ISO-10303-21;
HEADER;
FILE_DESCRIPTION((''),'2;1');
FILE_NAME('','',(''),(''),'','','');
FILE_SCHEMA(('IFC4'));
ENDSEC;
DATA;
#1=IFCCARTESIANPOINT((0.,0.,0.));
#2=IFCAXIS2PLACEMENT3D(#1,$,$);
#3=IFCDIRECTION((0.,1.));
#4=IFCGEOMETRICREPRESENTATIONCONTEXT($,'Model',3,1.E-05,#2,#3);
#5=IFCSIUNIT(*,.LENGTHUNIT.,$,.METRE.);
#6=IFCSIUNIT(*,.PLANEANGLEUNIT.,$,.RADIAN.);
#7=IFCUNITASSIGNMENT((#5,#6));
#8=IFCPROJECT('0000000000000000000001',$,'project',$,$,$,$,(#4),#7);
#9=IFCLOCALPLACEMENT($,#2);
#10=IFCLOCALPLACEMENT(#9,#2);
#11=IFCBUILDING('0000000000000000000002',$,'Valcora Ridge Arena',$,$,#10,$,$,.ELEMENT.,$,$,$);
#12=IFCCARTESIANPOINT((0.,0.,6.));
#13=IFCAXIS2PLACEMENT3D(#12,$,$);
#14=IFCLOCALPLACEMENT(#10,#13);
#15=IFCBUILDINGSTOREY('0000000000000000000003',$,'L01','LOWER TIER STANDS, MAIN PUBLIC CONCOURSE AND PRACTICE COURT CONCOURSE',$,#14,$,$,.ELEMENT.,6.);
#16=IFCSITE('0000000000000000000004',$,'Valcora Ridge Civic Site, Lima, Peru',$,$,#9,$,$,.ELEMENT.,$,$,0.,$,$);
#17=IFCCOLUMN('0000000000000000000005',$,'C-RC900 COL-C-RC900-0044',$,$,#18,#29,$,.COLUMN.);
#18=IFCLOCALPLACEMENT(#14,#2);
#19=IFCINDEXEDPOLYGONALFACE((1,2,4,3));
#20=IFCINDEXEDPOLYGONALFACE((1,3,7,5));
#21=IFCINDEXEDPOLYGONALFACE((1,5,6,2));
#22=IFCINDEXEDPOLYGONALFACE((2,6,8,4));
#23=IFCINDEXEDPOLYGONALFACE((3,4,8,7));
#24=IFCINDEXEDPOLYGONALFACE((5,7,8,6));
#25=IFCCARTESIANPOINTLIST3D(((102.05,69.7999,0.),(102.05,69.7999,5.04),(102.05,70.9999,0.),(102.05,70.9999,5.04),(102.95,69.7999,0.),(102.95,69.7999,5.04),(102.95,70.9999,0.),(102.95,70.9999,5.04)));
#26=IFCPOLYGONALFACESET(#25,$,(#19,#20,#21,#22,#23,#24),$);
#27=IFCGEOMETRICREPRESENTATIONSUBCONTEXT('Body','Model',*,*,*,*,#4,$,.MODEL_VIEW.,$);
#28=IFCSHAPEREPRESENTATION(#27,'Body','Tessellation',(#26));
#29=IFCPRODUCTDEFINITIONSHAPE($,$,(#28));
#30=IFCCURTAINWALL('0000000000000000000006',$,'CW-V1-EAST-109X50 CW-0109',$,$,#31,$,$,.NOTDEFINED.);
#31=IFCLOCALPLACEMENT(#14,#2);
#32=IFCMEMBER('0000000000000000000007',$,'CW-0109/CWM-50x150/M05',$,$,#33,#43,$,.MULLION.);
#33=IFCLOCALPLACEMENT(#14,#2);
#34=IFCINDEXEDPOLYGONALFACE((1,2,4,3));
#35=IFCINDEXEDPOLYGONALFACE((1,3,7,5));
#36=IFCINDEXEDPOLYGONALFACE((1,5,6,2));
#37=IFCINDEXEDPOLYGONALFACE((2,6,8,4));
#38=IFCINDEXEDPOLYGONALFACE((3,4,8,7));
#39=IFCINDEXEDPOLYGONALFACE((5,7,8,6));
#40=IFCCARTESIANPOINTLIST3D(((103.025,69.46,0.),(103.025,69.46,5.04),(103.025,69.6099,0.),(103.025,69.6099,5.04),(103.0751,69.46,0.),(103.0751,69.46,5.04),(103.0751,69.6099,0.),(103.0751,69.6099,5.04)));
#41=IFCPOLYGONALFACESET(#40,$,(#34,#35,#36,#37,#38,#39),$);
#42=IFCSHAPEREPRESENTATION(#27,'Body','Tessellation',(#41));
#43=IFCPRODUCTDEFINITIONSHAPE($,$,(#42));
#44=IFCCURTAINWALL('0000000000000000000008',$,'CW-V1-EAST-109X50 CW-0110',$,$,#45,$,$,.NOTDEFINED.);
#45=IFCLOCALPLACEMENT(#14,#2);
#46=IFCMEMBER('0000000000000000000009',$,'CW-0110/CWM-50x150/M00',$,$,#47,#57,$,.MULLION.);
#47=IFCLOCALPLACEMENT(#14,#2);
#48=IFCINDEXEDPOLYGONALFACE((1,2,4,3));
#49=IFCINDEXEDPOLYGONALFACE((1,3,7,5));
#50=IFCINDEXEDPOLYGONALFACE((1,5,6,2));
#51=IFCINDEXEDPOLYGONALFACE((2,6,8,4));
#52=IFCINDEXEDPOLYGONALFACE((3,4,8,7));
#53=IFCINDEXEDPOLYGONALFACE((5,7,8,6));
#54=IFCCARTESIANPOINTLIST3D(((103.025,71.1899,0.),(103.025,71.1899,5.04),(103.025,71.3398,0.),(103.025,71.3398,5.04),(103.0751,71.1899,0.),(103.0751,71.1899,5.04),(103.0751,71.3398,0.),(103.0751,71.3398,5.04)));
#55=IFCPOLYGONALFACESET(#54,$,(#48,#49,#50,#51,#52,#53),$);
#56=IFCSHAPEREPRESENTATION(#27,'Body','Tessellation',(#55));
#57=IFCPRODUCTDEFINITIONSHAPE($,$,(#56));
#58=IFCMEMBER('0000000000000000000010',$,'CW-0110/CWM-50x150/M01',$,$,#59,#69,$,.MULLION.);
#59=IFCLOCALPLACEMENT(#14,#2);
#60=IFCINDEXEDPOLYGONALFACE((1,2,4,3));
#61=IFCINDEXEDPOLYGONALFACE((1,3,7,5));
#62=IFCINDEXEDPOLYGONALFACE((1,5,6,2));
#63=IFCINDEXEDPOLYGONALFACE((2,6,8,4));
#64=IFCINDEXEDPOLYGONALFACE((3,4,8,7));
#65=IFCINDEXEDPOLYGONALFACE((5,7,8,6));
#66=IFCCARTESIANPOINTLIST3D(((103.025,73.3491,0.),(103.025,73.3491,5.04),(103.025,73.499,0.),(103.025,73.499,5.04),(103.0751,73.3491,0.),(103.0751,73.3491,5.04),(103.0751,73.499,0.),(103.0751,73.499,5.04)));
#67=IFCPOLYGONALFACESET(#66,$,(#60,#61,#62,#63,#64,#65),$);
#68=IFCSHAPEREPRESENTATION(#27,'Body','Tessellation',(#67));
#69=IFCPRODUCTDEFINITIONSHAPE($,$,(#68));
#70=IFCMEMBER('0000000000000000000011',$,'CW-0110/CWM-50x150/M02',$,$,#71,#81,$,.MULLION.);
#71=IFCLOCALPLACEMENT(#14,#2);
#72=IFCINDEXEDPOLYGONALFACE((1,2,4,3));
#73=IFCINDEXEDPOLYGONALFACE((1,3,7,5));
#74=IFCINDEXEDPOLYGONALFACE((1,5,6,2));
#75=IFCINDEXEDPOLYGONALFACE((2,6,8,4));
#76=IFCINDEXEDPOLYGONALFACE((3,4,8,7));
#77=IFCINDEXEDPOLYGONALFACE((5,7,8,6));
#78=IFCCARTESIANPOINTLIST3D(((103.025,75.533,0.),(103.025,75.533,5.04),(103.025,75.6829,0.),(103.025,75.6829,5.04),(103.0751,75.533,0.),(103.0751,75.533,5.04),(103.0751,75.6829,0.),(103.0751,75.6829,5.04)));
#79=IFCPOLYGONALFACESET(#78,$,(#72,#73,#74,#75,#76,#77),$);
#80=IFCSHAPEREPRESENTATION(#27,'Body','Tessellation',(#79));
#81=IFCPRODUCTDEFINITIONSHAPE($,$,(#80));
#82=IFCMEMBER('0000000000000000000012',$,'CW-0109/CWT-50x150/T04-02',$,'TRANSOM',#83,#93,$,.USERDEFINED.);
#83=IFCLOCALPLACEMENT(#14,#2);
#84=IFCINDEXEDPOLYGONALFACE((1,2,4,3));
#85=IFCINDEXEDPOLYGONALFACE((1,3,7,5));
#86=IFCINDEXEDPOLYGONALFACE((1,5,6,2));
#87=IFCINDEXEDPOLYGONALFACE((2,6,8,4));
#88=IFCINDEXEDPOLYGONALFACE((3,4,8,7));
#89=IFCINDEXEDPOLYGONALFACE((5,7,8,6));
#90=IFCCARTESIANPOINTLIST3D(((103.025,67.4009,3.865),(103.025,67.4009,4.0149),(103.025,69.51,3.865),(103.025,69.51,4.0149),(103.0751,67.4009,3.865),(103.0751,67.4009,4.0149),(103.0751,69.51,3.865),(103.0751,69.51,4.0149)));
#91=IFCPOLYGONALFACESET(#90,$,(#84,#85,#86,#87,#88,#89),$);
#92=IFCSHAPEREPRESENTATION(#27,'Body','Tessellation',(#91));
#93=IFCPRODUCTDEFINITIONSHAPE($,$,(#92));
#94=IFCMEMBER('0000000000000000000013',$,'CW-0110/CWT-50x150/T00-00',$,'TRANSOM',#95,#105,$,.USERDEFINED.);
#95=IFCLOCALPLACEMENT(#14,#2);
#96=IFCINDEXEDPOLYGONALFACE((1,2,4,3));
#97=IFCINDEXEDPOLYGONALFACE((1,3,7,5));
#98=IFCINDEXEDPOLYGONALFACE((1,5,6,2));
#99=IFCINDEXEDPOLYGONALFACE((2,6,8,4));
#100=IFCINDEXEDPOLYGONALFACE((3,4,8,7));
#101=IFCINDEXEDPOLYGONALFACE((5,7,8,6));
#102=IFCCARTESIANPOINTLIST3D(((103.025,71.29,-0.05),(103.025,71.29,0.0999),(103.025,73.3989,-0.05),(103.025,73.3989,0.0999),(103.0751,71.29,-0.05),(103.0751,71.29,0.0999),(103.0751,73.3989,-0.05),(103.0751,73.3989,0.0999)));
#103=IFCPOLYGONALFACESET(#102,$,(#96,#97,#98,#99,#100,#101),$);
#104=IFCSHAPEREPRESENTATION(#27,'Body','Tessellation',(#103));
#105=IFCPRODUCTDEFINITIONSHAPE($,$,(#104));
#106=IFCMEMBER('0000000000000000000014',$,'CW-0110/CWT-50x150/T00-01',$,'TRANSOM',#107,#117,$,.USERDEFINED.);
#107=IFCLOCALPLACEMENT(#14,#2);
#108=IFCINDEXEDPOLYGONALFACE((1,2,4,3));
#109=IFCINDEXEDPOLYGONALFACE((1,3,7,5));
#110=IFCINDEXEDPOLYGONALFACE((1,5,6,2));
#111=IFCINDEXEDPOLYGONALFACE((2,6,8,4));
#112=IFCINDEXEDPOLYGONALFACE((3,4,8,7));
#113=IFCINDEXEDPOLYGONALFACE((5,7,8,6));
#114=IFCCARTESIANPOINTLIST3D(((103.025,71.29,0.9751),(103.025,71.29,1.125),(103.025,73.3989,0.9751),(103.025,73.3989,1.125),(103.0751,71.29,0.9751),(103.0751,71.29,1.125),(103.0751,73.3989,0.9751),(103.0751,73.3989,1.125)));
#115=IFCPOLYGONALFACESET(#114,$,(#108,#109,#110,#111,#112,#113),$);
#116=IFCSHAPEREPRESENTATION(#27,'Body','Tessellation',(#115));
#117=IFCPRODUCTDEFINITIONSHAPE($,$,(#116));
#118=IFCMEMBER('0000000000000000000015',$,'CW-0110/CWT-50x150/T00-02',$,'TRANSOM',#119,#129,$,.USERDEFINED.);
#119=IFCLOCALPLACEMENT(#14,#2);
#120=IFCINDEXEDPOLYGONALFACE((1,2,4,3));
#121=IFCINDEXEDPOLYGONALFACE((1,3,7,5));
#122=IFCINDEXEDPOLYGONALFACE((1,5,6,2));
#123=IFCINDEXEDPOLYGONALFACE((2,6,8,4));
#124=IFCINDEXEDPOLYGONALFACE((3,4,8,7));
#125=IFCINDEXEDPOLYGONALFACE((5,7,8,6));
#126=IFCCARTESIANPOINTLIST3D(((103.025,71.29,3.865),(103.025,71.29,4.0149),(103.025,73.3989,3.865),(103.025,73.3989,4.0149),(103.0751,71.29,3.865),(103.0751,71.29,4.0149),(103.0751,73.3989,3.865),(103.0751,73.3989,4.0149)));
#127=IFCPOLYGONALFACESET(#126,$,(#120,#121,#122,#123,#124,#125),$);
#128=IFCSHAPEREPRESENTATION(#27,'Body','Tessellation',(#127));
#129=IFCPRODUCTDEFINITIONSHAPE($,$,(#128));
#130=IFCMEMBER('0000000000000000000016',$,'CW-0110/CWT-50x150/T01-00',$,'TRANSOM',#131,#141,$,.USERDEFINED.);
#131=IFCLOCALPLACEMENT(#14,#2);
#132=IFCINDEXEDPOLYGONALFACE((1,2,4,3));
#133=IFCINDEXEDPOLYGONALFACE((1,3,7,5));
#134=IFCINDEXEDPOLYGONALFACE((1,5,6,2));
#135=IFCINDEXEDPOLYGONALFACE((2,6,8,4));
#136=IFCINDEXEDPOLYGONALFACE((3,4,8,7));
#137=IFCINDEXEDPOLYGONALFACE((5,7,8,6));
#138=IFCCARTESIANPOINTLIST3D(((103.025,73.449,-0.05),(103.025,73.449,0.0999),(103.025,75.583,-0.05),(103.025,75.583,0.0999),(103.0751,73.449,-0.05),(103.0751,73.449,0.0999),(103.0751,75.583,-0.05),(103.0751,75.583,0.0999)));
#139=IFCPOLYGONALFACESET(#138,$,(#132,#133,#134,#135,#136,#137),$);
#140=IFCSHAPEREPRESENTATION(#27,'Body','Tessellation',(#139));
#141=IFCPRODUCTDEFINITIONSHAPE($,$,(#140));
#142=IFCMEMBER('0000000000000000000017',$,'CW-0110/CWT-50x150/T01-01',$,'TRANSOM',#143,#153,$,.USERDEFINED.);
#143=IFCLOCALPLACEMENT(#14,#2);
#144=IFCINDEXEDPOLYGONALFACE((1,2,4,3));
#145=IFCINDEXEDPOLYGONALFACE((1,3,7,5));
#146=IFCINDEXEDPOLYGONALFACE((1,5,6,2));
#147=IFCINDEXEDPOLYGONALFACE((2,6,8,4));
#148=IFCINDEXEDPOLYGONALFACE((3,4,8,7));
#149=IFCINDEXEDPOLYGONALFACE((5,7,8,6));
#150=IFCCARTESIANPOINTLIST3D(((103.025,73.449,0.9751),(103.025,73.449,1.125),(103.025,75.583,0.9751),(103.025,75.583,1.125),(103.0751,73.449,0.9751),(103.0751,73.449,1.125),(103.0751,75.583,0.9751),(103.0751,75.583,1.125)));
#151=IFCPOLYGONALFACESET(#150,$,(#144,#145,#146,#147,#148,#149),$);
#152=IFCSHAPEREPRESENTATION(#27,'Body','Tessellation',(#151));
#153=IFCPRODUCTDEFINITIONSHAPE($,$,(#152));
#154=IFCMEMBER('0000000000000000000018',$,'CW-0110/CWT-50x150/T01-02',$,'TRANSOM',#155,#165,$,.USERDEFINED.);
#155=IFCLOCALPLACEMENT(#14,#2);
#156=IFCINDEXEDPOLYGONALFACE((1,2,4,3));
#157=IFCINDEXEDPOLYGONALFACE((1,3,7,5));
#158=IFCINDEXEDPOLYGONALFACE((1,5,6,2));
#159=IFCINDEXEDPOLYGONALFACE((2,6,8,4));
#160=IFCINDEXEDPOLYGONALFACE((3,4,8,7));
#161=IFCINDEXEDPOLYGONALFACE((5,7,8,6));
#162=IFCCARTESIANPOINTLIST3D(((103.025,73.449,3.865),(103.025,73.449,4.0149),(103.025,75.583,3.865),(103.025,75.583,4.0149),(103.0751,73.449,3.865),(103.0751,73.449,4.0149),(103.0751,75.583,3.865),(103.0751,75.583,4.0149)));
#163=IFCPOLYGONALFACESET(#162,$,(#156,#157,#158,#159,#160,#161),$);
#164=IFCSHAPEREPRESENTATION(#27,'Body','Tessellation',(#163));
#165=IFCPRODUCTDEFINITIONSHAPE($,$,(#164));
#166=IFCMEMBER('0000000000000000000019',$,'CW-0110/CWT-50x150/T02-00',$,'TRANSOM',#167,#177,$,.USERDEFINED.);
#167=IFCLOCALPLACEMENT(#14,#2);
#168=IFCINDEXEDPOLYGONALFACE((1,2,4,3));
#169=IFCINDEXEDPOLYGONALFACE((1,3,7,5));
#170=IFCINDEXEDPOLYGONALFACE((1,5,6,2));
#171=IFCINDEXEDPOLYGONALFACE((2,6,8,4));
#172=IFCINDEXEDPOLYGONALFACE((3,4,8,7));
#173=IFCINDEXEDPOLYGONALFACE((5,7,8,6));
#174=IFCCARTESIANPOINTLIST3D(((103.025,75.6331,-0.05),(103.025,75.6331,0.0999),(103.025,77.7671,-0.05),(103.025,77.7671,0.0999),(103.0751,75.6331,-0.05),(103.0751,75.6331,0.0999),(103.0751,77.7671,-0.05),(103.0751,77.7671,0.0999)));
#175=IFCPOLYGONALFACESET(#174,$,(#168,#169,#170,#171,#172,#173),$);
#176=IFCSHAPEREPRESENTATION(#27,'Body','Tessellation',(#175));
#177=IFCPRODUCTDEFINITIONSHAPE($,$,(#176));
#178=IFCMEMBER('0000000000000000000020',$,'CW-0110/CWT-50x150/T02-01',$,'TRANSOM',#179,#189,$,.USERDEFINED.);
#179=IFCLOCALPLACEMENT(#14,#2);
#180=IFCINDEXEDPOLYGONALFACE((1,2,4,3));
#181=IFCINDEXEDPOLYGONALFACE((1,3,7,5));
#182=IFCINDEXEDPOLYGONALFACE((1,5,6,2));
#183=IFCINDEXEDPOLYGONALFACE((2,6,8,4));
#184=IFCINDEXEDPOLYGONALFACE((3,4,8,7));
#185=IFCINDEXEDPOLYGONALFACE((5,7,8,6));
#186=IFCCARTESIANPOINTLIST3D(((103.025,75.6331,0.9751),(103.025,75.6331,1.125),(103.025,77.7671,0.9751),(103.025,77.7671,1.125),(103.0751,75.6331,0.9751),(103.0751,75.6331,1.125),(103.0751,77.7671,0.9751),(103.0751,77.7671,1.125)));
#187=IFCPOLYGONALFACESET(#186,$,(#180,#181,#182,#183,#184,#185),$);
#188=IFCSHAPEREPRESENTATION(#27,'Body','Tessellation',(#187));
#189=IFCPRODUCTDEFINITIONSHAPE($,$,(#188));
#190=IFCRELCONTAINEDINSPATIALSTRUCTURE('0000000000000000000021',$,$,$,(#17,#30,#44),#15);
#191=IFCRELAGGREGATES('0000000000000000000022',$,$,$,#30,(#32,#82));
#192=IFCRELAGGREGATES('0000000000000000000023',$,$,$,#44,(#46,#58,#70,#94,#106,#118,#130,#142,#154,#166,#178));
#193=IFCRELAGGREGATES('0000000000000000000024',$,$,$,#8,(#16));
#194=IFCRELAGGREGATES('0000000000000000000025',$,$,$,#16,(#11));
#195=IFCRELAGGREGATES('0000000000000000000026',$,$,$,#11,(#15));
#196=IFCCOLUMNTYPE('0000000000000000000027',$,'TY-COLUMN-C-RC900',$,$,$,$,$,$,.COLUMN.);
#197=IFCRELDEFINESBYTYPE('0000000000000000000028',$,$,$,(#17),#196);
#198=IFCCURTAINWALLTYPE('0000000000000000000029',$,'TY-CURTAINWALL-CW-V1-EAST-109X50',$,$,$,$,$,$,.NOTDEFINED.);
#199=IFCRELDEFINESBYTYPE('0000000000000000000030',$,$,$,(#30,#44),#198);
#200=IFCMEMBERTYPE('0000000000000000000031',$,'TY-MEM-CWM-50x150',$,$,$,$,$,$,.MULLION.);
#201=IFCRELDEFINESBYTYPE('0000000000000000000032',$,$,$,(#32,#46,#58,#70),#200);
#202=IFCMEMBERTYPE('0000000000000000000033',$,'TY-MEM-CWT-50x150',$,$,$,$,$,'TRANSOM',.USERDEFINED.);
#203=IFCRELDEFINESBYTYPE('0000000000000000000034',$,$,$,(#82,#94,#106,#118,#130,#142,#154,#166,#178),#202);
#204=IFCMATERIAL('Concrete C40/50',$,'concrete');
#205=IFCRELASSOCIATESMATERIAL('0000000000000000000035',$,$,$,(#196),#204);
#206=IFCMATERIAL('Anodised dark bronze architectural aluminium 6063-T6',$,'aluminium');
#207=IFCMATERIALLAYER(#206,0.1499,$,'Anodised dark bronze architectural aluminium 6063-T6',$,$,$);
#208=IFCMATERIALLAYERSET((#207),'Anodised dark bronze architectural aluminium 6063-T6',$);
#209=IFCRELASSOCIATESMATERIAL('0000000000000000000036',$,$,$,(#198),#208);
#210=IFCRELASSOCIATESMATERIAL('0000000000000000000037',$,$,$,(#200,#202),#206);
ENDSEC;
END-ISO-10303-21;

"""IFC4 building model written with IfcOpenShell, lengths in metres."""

from ifc_helpers import new_model, si_unit, direction, frame, origin, origin_2d, place, context, subcontext, project, spatial, rectangle, extrude, material, layer, layer_set, material_profile, profile_set, type_object, element, aggregate, save


model = new_model("IFC4")

# Units and contexts
model_context = context("Model", 3, precision=1e-05, world=origin(), true_north=direction((0.0, 1.0)))
body_context = subcontext(model_context, "Body", "Model", "MODEL_VIEW")
ifc_project = project(units=[si_unit("LENGTHUNIT", "METRE"), si_unit("PLANEANGLEUNIT", "RADIAN")], contexts=[model_context])

# Site, building, storey
site_placement = place(None, origin())
site = spatial("IfcSite", under=ifc_project, at=site_placement, Name="Valcora Ridge Civic Site, Lima, Peru", CompositionType="ELEMENT", RefElevation=0.0)
building_placement = place(site_placement, origin())
building = spatial("IfcBuilding", under=site, at=building_placement, Name="Valcora Ridge Arena", CompositionType="ELEMENT")
storey_placement = place(building_placement, frame((0.0, 0.0, 6.0)))
storey = spatial("IfcBuildingStorey", under=building, at=storey_placement, Name="L01", Description="LOWER TIER STANDS, MAIN PUBLIC CONCOURSE AND PRACTICE COURT CONCOURSE", CompositionType="ELEMENT", Elevation=6.0)

# Column
ifc_material_1 = material(Name="Concrete C40/50", Category="concrete")
ifc_material_profile_1 = material_profile(ifc_material_1, rectangle(XDim=0.8999, YDim=1.2, at=origin_2d()), Name="RC 900x1200")
ifc_profile_set_1 = profile_set([ifc_material_profile_1], Name="Concrete C40/50")
column_type = type_object("IfcColumnType", Name="TY-COLUMN-C-RC900", PredefinedType="COLUMN", material=ifc_profile_set_1)
column_placement = place(storey_placement, frame((102.5, 70.3999, 0.0), z_axis=(0.0, 0.0, 1.0), x_axis=(1.0, 0.0, 0.0)))
element("IfcColumn", 1, at=column_placement, inside=storey, type_object=column_type, Name="C-RC900 COL-C-RC900-0044", PredefinedType="COLUMN", context=body_context, shape_type="SweptSolid", body=[
    extrude(rectangle(XDim=0.8999, YDim=1.2, at=origin_2d()), origin(), (0.0, 0.0, 1.0), 5.04),
])

# Curtain wall, member
ifc_material_2 = material(Name="Anodised dark bronze architectural aluminium 6063-T6", Category="aluminium")
ifc_layer_1 = layer(ifc_material_2, 0.1499, Name="Anodised dark bronze architectural aluminium 6063-T6")
ifc_layer_set_1 = layer_set([ifc_layer_1], Name="Anodised dark bronze architectural aluminium 6063-T6")
curtain_wall_type = type_object("IfcCurtainWallType", Name="TY-CURTAINWALL-CW-V1-EAST-109X50", PredefinedType="NOTDEFINED", material=ifc_layer_set_1)
curtain_wall_1_placement = place(storey_placement, origin())
curtain_wall_1 = element("IfcCurtainWall", 2, at=curtain_wall_1_placement, inside=storey, type_object=curtain_wall_type, Name="CW-V1-EAST-109X50 CW-0109", PredefinedType="NOTDEFINED")
ifc_material_profile_2 = material_profile(ifc_material_2, rectangle(XDim=0.05, YDim=0.1499, at=origin_2d()), Name="ALU MULLION 50x150")
ifc_profile_set_2 = profile_set([ifc_material_profile_2], Name="Anodised dark bronze architectural aluminium 6063-T6")
member_type_1 = type_object("IfcMemberType", Name="TY-MEM-CWM-50x150", PredefinedType="MULLION", material=ifc_profile_set_2)
member_1_placement = place(storey_placement, frame((103.05, 69.5349, 0.0), z_axis=(0.0, 0.0, 1.0), x_axis=(-1.0, 0.0, 0.0)))
member_1 = element("IfcMember", 3, at=member_1_placement, type_object=member_type_1, Name="CW-0109/CWM-50x150/M05", PredefinedType="MULLION", context=body_context, shape_type="SweptSolid", body=[
    extrude(rectangle(XDim=0.05, YDim=0.1499, at=origin_2d()), origin(), (0.0, 0.0, 1.0), 5.04),
])

# Curtain wall, members
curtain_wall_2_placement = place(storey_placement, origin())
curtain_wall_2 = element("IfcCurtainWall", 4, at=curtain_wall_2_placement, inside=storey, type_object=curtain_wall_type, Name="CW-V1-EAST-109X50 CW-0110", PredefinedType="NOTDEFINED")
member_2_placement = place(storey_placement, frame((103.05, 71.2649, 0.0), z_axis=(0.0, 0.0, 1.0), x_axis=(-1.0, 0.0, 0.0)))
member_2 = element("IfcMember", 5, at=member_2_placement, type_object=member_type_1, Name="CW-0110/CWM-50x150/M00", PredefinedType="MULLION", context=body_context, shape_type="SweptSolid", body=[
    extrude(rectangle(XDim=0.05, YDim=0.1499, at=origin_2d()), origin(), (0.0, 0.0, 1.0), 5.04),
])
member_3_placement = place(storey_placement, frame((103.05, 73.4241, 0.0), z_axis=(0.0, 0.0, 1.0), x_axis=(-1.0, 0.0, 0.0)))
member_3 = element("IfcMember", 6, at=member_3_placement, type_object=member_type_1, Name="CW-0110/CWM-50x150/M01", PredefinedType="MULLION", context=body_context, shape_type="SweptSolid", body=[
    extrude(rectangle(XDim=0.05, YDim=0.1499, at=origin_2d()), origin(), (0.0, 0.0, 1.0), 5.04),
])
member_4_placement = place(storey_placement, frame((103.05, 75.6079, 0.0), z_axis=(0.0, 0.0, 1.0), x_axis=(-1.0, 0.0, 0.0)))
member_4 = element("IfcMember", 7, at=member_4_placement, type_object=member_type_1, Name="CW-0110/CWM-50x150/M02", PredefinedType="MULLION", context=body_context, shape_type="SweptSolid", body=[
    extrude(rectangle(XDim=0.05, YDim=0.1499, at=origin_2d()), origin(), (0.0, 0.0, 1.0), 5.04),
])

# Members
ifc_material_profile_3 = material_profile(ifc_material_2, rectangle(XDim=0.05, YDim=0.1499, at=origin_2d()), Name="ALU TRANSOM 50x150")
ifc_profile_set_3 = profile_set([ifc_material_profile_3], Name="Anodised dark bronze architectural aluminium 6063-T6")
member_type_2 = type_object("IfcMemberType", Name="TY-MEM-CWT-50x150", ElementType="TRANSOM", PredefinedType="USERDEFINED", material=ifc_profile_set_3)
member_5_placement = place(storey_placement, frame((103.05, 67.4009, 3.9399), z_axis=(0.0, 1.0, 0.0), x_axis=(-1.0, 0.0, 0.0)))
member_5 = element("IfcMember", 8, at=member_5_placement, type_object=member_type_2, Name="CW-0109/CWT-50x150/T04-02", ObjectType="TRANSOM", PredefinedType="USERDEFINED", context=body_context, shape_type="SweptSolid", body=[
    extrude(rectangle(XDim=0.05, YDim=0.1499, at=origin_2d()), origin(), (0.0, 0.0, 1.0), 2.1091),
])
member_6_placement = place(storey_placement, frame((103.05, 71.29, 0.0249), z_axis=(0.0, 1.0, 0.0), x_axis=(-1.0, 0.0, 0.0)))
member_6 = element("IfcMember", 9, at=member_6_placement, type_object=member_type_2, Name="CW-0110/CWT-50x150/T00-00", ObjectType="TRANSOM", PredefinedType="USERDEFINED", context=body_context, shape_type="SweptSolid", body=[
    extrude(rectangle(XDim=0.05, YDim=0.1499, at=origin_2d()), origin(), (0.0, 0.0, 1.0), 2.1089),
])
member_7_placement = place(storey_placement, frame((103.05, 71.29, 1.05), z_axis=(0.0, 1.0, 0.0), x_axis=(-1.0, 0.0, 0.0)))
member_7 = element("IfcMember", 10, at=member_7_placement, type_object=member_type_2, Name="CW-0110/CWT-50x150/T00-01", ObjectType="TRANSOM", PredefinedType="USERDEFINED", context=body_context, shape_type="SweptSolid", body=[
    extrude(rectangle(XDim=0.05, YDim=0.1499, at=origin_2d()), origin(), (0.0, 0.0, 1.0), 2.1089),
])
member_8_placement = place(storey_placement, frame((103.05, 71.29, 3.9399), z_axis=(0.0, 1.0, 0.0), x_axis=(-1.0, 0.0, 0.0)))
member_8 = element("IfcMember", 11, at=member_8_placement, type_object=member_type_2, Name="CW-0110/CWT-50x150/T00-02", ObjectType="TRANSOM", PredefinedType="USERDEFINED", context=body_context, shape_type="SweptSolid", body=[
    extrude(rectangle(XDim=0.05, YDim=0.1499, at=origin_2d()), origin(), (0.0, 0.0, 1.0), 2.1089),
])
member_9_placement = place(storey_placement, frame((103.05, 73.449, 0.0249), z_axis=(0.0, 1.0, 0.0), x_axis=(-1.0, 0.0, 0.0)))
member_9 = element("IfcMember", 12, at=member_9_placement, type_object=member_type_2, Name="CW-0110/CWT-50x150/T01-00", ObjectType="TRANSOM", PredefinedType="USERDEFINED", context=body_context, shape_type="SweptSolid", body=[
    extrude(rectangle(XDim=0.05, YDim=0.1499, at=origin_2d()), origin(), (0.0, 0.0, 1.0), 2.134),
])
member_10_placement = place(storey_placement, frame((103.05, 73.449, 1.05), z_axis=(0.0, 1.0, 0.0), x_axis=(-1.0, 0.0, 0.0)))
member_10 = element("IfcMember", 13, at=member_10_placement, type_object=member_type_2, Name="CW-0110/CWT-50x150/T01-01", ObjectType="TRANSOM", PredefinedType="USERDEFINED", context=body_context, shape_type="SweptSolid", body=[
    extrude(rectangle(XDim=0.05, YDim=0.1499, at=origin_2d()), origin(), (0.0, 0.0, 1.0), 2.134),
])
member_11_placement = place(storey_placement, frame((103.05, 73.449, 3.9399), z_axis=(0.0, 1.0, 0.0), x_axis=(-1.0, 0.0, 0.0)))
member_11 = element("IfcMember", 14, at=member_11_placement, type_object=member_type_2, Name="CW-0110/CWT-50x150/T01-02", ObjectType="TRANSOM", PredefinedType="USERDEFINED", context=body_context, shape_type="SweptSolid", body=[
    extrude(rectangle(XDim=0.05, YDim=0.1499, at=origin_2d()), origin(), (0.0, 0.0, 1.0), 2.134),
])
member_12_placement = place(storey_placement, frame((103.05, 75.6331, 0.0249), z_axis=(0.0, 1.0, 0.0), x_axis=(-1.0, 0.0, 0.0)))
member_12 = element("IfcMember", 15, at=member_12_placement, type_object=member_type_2, Name="CW-0110/CWT-50x150/T02-00", ObjectType="TRANSOM", PredefinedType="USERDEFINED", context=body_context, shape_type="SweptSolid", body=[
    extrude(rectangle(XDim=0.05, YDim=0.1499, at=origin_2d()), origin(), (0.0, 0.0, 1.0), 2.134),
])
member_13_placement = place(storey_placement, frame((103.05, 75.6331, 1.05), z_axis=(0.0, 1.0, 0.0), x_axis=(-1.0, 0.0, 0.0)))
member_13 = element("IfcMember", 16, at=member_13_placement, type_object=member_type_2, Name="CW-0110/CWT-50x150/T02-01", ObjectType="TRANSOM", PredefinedType="USERDEFINED", context=body_context, shape_type="SweptSolid", body=[
    extrude(rectangle(XDim=0.05, YDim=0.1499, at=origin_2d()), origin(), (0.0, 0.0, 1.0), 2.134),
])

aggregate(curtain_wall_1, [member_1, member_5])
aggregate(curtain_wall_2, [member_2, member_3, member_4, member_6, member_7, member_8, member_9, member_10, member_11, member_12, member_13])

save(model, "model.ifc")
